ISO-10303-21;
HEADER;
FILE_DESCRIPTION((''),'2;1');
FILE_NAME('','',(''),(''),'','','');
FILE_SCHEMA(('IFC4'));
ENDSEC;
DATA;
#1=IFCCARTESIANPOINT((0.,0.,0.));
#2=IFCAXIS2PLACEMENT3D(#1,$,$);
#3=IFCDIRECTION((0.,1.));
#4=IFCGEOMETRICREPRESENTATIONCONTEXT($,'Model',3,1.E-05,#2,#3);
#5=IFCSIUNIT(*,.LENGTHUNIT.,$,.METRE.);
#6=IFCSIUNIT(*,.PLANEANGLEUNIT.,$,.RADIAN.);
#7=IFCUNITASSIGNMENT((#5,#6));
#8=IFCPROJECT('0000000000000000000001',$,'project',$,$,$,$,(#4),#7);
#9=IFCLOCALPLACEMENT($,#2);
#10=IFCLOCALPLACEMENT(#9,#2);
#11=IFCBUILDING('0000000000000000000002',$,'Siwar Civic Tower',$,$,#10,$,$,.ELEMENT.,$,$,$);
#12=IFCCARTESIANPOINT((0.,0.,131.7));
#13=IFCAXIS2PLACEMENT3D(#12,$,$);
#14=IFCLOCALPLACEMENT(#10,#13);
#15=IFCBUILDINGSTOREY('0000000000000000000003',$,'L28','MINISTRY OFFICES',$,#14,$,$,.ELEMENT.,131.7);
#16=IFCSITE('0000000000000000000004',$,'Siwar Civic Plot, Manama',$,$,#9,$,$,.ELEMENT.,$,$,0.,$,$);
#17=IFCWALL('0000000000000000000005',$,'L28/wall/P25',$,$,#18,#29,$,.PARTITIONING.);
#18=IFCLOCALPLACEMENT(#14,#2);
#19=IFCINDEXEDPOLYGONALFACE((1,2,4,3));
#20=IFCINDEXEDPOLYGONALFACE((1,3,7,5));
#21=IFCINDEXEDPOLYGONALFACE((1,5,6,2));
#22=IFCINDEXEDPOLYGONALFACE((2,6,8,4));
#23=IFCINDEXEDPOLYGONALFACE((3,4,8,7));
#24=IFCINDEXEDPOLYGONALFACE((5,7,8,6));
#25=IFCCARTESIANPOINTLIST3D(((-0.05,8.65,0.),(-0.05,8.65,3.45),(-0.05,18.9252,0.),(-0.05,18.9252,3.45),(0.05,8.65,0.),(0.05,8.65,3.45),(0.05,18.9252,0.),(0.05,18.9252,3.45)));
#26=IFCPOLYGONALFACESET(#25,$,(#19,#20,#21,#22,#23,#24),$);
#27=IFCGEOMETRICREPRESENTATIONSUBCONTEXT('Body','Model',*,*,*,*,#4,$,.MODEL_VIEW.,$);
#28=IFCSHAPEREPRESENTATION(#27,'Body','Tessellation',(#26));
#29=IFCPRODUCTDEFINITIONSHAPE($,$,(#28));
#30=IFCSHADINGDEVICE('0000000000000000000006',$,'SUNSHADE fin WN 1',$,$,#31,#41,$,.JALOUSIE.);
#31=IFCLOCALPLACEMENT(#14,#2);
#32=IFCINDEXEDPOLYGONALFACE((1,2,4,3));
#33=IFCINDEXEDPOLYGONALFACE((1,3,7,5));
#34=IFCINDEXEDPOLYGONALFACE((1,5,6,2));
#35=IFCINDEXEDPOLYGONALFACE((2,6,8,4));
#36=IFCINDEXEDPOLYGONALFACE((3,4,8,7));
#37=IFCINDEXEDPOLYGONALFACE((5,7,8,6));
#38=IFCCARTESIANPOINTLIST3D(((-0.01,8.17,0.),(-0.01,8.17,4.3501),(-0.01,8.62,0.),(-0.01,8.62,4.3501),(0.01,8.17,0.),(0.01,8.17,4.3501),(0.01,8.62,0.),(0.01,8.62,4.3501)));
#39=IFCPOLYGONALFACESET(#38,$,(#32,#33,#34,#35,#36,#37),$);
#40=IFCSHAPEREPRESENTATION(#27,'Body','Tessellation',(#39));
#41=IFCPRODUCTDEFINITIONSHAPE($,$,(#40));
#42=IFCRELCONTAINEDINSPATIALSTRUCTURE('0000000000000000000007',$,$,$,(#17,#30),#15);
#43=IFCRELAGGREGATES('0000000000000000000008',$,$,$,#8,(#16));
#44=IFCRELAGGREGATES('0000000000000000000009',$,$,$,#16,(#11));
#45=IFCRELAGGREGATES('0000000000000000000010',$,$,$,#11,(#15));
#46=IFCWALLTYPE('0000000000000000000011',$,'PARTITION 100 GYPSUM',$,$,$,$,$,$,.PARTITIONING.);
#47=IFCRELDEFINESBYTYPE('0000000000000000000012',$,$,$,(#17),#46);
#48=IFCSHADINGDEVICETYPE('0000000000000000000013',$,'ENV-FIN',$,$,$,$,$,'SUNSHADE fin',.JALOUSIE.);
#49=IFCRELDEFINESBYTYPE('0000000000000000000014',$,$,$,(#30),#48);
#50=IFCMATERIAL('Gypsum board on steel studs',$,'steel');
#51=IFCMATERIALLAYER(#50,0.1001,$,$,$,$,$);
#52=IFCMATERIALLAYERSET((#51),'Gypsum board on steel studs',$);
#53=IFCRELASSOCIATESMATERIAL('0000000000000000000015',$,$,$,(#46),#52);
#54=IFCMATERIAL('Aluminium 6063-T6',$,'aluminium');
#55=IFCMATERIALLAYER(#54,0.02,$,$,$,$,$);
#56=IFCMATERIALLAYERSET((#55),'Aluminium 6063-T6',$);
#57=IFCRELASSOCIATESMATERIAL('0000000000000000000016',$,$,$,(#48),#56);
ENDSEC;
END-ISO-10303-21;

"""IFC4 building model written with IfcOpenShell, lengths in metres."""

from ifc_helpers import new_model, si_unit, direction, frame, frame_2d, origin, origin_2d, place, context, subcontext, project, spatial, rectangle, extrude, material, layer, layer_set, type_object, element, save


model = new_model("IFC4")

# Units and contexts
model_context = context("Model", 3, precision=1e-05, world=origin(), true_north=direction((0.0, 1.0)))
body_context = subcontext(model_context, "Body", "Model", "MODEL_VIEW")
ifc_project = project(units=[si_unit("LENGTHUNIT", "METRE"), si_unit("PLANEANGLEUNIT", "RADIAN")], contexts=[model_context])

# Site, building, storey
site_placement = place(None, origin())
site = spatial("IfcSite", under=ifc_project, at=site_placement, Name="Siwar Civic Plot, Manama", CompositionType="ELEMENT", RefElevation=0.0)
building_placement = place(site_placement, origin())
building = spatial("IfcBuilding", under=site, at=building_placement, Name="Siwar Civic Tower", CompositionType="ELEMENT")
storey_placement = place(building_placement, frame((0.0, 0.0, 131.7)))
storey = spatial("IfcBuildingStorey", under=building, at=storey_placement, Name="L28", Description="MINISTRY OFFICES", CompositionType="ELEMENT", Elevation=131.7)

# Wall
ifc_material_1 = material(Name="Gypsum board on steel studs", Category="steel")
ifc_layer_1 = layer(ifc_material_1, 0.1001)
ifc_layer_set_1 = layer_set([ifc_layer_1], Name="Gypsum board on steel studs")
wall_type_1 = type_object("IfcWallType", Name="PARTITION 100 GYPSUM", PredefinedType="PARTITIONING", material=ifc_layer_set_1)
wall_1_placement = place(storey_placement, frame((0.0, 8.6499, 0.0), z_axis=(0.0, 0.0, 1.0), x_axis=(0.0, 1.0, 0.0)))
element("IfcWall", 1, at=wall_1_placement, inside=storey, type_object=wall_type_1, Name="L28/wall/P25", PredefinedType="PARTITIONING", context=body_context, shape_type="SweptSolid", body=[
    extrude(rectangle(XDim=10.2751, YDim=0.1001, at=frame_2d((5.1377, 0.0))), origin(), (0.0, 0.0, 1.0), 3.45),
])

# Shading device
ifc_material_2 = material(Name="Aluminium 6063-T6", Category="aluminium")
ifc_layer_2 = layer(ifc_material_2, 0.02)
ifc_layer_set_2 = layer_set([ifc_layer_2], Name="Aluminium 6063-T6")
shading_device_type = type_object("IfcShadingDeviceType", Name="ENV-FIN", ElementType="SUNSHADE fin", PredefinedType="JALOUSIE", material=ifc_layer_set_2)
shading_device_placement = place(storey_placement, frame((0.0, 8.395, 0.0), z_axis=(0.0, 0.0, 1.0), x_axis=(-1.0, 0.0, 0.0)))
element("IfcShadingDevice", 2, at=shading_device_placement, inside=storey, type_object=shading_device_type, Name="SUNSHADE fin WN 1", PredefinedType="JALOUSIE", context=body_context, shape_type="SweptSolid", body=[
    extrude(rectangle(XDim=0.02, YDim=0.45, at=origin_2d()), origin(), (0.0, 0.0, 1.0), 4.3501),
])

save(model, "model.ifc")
